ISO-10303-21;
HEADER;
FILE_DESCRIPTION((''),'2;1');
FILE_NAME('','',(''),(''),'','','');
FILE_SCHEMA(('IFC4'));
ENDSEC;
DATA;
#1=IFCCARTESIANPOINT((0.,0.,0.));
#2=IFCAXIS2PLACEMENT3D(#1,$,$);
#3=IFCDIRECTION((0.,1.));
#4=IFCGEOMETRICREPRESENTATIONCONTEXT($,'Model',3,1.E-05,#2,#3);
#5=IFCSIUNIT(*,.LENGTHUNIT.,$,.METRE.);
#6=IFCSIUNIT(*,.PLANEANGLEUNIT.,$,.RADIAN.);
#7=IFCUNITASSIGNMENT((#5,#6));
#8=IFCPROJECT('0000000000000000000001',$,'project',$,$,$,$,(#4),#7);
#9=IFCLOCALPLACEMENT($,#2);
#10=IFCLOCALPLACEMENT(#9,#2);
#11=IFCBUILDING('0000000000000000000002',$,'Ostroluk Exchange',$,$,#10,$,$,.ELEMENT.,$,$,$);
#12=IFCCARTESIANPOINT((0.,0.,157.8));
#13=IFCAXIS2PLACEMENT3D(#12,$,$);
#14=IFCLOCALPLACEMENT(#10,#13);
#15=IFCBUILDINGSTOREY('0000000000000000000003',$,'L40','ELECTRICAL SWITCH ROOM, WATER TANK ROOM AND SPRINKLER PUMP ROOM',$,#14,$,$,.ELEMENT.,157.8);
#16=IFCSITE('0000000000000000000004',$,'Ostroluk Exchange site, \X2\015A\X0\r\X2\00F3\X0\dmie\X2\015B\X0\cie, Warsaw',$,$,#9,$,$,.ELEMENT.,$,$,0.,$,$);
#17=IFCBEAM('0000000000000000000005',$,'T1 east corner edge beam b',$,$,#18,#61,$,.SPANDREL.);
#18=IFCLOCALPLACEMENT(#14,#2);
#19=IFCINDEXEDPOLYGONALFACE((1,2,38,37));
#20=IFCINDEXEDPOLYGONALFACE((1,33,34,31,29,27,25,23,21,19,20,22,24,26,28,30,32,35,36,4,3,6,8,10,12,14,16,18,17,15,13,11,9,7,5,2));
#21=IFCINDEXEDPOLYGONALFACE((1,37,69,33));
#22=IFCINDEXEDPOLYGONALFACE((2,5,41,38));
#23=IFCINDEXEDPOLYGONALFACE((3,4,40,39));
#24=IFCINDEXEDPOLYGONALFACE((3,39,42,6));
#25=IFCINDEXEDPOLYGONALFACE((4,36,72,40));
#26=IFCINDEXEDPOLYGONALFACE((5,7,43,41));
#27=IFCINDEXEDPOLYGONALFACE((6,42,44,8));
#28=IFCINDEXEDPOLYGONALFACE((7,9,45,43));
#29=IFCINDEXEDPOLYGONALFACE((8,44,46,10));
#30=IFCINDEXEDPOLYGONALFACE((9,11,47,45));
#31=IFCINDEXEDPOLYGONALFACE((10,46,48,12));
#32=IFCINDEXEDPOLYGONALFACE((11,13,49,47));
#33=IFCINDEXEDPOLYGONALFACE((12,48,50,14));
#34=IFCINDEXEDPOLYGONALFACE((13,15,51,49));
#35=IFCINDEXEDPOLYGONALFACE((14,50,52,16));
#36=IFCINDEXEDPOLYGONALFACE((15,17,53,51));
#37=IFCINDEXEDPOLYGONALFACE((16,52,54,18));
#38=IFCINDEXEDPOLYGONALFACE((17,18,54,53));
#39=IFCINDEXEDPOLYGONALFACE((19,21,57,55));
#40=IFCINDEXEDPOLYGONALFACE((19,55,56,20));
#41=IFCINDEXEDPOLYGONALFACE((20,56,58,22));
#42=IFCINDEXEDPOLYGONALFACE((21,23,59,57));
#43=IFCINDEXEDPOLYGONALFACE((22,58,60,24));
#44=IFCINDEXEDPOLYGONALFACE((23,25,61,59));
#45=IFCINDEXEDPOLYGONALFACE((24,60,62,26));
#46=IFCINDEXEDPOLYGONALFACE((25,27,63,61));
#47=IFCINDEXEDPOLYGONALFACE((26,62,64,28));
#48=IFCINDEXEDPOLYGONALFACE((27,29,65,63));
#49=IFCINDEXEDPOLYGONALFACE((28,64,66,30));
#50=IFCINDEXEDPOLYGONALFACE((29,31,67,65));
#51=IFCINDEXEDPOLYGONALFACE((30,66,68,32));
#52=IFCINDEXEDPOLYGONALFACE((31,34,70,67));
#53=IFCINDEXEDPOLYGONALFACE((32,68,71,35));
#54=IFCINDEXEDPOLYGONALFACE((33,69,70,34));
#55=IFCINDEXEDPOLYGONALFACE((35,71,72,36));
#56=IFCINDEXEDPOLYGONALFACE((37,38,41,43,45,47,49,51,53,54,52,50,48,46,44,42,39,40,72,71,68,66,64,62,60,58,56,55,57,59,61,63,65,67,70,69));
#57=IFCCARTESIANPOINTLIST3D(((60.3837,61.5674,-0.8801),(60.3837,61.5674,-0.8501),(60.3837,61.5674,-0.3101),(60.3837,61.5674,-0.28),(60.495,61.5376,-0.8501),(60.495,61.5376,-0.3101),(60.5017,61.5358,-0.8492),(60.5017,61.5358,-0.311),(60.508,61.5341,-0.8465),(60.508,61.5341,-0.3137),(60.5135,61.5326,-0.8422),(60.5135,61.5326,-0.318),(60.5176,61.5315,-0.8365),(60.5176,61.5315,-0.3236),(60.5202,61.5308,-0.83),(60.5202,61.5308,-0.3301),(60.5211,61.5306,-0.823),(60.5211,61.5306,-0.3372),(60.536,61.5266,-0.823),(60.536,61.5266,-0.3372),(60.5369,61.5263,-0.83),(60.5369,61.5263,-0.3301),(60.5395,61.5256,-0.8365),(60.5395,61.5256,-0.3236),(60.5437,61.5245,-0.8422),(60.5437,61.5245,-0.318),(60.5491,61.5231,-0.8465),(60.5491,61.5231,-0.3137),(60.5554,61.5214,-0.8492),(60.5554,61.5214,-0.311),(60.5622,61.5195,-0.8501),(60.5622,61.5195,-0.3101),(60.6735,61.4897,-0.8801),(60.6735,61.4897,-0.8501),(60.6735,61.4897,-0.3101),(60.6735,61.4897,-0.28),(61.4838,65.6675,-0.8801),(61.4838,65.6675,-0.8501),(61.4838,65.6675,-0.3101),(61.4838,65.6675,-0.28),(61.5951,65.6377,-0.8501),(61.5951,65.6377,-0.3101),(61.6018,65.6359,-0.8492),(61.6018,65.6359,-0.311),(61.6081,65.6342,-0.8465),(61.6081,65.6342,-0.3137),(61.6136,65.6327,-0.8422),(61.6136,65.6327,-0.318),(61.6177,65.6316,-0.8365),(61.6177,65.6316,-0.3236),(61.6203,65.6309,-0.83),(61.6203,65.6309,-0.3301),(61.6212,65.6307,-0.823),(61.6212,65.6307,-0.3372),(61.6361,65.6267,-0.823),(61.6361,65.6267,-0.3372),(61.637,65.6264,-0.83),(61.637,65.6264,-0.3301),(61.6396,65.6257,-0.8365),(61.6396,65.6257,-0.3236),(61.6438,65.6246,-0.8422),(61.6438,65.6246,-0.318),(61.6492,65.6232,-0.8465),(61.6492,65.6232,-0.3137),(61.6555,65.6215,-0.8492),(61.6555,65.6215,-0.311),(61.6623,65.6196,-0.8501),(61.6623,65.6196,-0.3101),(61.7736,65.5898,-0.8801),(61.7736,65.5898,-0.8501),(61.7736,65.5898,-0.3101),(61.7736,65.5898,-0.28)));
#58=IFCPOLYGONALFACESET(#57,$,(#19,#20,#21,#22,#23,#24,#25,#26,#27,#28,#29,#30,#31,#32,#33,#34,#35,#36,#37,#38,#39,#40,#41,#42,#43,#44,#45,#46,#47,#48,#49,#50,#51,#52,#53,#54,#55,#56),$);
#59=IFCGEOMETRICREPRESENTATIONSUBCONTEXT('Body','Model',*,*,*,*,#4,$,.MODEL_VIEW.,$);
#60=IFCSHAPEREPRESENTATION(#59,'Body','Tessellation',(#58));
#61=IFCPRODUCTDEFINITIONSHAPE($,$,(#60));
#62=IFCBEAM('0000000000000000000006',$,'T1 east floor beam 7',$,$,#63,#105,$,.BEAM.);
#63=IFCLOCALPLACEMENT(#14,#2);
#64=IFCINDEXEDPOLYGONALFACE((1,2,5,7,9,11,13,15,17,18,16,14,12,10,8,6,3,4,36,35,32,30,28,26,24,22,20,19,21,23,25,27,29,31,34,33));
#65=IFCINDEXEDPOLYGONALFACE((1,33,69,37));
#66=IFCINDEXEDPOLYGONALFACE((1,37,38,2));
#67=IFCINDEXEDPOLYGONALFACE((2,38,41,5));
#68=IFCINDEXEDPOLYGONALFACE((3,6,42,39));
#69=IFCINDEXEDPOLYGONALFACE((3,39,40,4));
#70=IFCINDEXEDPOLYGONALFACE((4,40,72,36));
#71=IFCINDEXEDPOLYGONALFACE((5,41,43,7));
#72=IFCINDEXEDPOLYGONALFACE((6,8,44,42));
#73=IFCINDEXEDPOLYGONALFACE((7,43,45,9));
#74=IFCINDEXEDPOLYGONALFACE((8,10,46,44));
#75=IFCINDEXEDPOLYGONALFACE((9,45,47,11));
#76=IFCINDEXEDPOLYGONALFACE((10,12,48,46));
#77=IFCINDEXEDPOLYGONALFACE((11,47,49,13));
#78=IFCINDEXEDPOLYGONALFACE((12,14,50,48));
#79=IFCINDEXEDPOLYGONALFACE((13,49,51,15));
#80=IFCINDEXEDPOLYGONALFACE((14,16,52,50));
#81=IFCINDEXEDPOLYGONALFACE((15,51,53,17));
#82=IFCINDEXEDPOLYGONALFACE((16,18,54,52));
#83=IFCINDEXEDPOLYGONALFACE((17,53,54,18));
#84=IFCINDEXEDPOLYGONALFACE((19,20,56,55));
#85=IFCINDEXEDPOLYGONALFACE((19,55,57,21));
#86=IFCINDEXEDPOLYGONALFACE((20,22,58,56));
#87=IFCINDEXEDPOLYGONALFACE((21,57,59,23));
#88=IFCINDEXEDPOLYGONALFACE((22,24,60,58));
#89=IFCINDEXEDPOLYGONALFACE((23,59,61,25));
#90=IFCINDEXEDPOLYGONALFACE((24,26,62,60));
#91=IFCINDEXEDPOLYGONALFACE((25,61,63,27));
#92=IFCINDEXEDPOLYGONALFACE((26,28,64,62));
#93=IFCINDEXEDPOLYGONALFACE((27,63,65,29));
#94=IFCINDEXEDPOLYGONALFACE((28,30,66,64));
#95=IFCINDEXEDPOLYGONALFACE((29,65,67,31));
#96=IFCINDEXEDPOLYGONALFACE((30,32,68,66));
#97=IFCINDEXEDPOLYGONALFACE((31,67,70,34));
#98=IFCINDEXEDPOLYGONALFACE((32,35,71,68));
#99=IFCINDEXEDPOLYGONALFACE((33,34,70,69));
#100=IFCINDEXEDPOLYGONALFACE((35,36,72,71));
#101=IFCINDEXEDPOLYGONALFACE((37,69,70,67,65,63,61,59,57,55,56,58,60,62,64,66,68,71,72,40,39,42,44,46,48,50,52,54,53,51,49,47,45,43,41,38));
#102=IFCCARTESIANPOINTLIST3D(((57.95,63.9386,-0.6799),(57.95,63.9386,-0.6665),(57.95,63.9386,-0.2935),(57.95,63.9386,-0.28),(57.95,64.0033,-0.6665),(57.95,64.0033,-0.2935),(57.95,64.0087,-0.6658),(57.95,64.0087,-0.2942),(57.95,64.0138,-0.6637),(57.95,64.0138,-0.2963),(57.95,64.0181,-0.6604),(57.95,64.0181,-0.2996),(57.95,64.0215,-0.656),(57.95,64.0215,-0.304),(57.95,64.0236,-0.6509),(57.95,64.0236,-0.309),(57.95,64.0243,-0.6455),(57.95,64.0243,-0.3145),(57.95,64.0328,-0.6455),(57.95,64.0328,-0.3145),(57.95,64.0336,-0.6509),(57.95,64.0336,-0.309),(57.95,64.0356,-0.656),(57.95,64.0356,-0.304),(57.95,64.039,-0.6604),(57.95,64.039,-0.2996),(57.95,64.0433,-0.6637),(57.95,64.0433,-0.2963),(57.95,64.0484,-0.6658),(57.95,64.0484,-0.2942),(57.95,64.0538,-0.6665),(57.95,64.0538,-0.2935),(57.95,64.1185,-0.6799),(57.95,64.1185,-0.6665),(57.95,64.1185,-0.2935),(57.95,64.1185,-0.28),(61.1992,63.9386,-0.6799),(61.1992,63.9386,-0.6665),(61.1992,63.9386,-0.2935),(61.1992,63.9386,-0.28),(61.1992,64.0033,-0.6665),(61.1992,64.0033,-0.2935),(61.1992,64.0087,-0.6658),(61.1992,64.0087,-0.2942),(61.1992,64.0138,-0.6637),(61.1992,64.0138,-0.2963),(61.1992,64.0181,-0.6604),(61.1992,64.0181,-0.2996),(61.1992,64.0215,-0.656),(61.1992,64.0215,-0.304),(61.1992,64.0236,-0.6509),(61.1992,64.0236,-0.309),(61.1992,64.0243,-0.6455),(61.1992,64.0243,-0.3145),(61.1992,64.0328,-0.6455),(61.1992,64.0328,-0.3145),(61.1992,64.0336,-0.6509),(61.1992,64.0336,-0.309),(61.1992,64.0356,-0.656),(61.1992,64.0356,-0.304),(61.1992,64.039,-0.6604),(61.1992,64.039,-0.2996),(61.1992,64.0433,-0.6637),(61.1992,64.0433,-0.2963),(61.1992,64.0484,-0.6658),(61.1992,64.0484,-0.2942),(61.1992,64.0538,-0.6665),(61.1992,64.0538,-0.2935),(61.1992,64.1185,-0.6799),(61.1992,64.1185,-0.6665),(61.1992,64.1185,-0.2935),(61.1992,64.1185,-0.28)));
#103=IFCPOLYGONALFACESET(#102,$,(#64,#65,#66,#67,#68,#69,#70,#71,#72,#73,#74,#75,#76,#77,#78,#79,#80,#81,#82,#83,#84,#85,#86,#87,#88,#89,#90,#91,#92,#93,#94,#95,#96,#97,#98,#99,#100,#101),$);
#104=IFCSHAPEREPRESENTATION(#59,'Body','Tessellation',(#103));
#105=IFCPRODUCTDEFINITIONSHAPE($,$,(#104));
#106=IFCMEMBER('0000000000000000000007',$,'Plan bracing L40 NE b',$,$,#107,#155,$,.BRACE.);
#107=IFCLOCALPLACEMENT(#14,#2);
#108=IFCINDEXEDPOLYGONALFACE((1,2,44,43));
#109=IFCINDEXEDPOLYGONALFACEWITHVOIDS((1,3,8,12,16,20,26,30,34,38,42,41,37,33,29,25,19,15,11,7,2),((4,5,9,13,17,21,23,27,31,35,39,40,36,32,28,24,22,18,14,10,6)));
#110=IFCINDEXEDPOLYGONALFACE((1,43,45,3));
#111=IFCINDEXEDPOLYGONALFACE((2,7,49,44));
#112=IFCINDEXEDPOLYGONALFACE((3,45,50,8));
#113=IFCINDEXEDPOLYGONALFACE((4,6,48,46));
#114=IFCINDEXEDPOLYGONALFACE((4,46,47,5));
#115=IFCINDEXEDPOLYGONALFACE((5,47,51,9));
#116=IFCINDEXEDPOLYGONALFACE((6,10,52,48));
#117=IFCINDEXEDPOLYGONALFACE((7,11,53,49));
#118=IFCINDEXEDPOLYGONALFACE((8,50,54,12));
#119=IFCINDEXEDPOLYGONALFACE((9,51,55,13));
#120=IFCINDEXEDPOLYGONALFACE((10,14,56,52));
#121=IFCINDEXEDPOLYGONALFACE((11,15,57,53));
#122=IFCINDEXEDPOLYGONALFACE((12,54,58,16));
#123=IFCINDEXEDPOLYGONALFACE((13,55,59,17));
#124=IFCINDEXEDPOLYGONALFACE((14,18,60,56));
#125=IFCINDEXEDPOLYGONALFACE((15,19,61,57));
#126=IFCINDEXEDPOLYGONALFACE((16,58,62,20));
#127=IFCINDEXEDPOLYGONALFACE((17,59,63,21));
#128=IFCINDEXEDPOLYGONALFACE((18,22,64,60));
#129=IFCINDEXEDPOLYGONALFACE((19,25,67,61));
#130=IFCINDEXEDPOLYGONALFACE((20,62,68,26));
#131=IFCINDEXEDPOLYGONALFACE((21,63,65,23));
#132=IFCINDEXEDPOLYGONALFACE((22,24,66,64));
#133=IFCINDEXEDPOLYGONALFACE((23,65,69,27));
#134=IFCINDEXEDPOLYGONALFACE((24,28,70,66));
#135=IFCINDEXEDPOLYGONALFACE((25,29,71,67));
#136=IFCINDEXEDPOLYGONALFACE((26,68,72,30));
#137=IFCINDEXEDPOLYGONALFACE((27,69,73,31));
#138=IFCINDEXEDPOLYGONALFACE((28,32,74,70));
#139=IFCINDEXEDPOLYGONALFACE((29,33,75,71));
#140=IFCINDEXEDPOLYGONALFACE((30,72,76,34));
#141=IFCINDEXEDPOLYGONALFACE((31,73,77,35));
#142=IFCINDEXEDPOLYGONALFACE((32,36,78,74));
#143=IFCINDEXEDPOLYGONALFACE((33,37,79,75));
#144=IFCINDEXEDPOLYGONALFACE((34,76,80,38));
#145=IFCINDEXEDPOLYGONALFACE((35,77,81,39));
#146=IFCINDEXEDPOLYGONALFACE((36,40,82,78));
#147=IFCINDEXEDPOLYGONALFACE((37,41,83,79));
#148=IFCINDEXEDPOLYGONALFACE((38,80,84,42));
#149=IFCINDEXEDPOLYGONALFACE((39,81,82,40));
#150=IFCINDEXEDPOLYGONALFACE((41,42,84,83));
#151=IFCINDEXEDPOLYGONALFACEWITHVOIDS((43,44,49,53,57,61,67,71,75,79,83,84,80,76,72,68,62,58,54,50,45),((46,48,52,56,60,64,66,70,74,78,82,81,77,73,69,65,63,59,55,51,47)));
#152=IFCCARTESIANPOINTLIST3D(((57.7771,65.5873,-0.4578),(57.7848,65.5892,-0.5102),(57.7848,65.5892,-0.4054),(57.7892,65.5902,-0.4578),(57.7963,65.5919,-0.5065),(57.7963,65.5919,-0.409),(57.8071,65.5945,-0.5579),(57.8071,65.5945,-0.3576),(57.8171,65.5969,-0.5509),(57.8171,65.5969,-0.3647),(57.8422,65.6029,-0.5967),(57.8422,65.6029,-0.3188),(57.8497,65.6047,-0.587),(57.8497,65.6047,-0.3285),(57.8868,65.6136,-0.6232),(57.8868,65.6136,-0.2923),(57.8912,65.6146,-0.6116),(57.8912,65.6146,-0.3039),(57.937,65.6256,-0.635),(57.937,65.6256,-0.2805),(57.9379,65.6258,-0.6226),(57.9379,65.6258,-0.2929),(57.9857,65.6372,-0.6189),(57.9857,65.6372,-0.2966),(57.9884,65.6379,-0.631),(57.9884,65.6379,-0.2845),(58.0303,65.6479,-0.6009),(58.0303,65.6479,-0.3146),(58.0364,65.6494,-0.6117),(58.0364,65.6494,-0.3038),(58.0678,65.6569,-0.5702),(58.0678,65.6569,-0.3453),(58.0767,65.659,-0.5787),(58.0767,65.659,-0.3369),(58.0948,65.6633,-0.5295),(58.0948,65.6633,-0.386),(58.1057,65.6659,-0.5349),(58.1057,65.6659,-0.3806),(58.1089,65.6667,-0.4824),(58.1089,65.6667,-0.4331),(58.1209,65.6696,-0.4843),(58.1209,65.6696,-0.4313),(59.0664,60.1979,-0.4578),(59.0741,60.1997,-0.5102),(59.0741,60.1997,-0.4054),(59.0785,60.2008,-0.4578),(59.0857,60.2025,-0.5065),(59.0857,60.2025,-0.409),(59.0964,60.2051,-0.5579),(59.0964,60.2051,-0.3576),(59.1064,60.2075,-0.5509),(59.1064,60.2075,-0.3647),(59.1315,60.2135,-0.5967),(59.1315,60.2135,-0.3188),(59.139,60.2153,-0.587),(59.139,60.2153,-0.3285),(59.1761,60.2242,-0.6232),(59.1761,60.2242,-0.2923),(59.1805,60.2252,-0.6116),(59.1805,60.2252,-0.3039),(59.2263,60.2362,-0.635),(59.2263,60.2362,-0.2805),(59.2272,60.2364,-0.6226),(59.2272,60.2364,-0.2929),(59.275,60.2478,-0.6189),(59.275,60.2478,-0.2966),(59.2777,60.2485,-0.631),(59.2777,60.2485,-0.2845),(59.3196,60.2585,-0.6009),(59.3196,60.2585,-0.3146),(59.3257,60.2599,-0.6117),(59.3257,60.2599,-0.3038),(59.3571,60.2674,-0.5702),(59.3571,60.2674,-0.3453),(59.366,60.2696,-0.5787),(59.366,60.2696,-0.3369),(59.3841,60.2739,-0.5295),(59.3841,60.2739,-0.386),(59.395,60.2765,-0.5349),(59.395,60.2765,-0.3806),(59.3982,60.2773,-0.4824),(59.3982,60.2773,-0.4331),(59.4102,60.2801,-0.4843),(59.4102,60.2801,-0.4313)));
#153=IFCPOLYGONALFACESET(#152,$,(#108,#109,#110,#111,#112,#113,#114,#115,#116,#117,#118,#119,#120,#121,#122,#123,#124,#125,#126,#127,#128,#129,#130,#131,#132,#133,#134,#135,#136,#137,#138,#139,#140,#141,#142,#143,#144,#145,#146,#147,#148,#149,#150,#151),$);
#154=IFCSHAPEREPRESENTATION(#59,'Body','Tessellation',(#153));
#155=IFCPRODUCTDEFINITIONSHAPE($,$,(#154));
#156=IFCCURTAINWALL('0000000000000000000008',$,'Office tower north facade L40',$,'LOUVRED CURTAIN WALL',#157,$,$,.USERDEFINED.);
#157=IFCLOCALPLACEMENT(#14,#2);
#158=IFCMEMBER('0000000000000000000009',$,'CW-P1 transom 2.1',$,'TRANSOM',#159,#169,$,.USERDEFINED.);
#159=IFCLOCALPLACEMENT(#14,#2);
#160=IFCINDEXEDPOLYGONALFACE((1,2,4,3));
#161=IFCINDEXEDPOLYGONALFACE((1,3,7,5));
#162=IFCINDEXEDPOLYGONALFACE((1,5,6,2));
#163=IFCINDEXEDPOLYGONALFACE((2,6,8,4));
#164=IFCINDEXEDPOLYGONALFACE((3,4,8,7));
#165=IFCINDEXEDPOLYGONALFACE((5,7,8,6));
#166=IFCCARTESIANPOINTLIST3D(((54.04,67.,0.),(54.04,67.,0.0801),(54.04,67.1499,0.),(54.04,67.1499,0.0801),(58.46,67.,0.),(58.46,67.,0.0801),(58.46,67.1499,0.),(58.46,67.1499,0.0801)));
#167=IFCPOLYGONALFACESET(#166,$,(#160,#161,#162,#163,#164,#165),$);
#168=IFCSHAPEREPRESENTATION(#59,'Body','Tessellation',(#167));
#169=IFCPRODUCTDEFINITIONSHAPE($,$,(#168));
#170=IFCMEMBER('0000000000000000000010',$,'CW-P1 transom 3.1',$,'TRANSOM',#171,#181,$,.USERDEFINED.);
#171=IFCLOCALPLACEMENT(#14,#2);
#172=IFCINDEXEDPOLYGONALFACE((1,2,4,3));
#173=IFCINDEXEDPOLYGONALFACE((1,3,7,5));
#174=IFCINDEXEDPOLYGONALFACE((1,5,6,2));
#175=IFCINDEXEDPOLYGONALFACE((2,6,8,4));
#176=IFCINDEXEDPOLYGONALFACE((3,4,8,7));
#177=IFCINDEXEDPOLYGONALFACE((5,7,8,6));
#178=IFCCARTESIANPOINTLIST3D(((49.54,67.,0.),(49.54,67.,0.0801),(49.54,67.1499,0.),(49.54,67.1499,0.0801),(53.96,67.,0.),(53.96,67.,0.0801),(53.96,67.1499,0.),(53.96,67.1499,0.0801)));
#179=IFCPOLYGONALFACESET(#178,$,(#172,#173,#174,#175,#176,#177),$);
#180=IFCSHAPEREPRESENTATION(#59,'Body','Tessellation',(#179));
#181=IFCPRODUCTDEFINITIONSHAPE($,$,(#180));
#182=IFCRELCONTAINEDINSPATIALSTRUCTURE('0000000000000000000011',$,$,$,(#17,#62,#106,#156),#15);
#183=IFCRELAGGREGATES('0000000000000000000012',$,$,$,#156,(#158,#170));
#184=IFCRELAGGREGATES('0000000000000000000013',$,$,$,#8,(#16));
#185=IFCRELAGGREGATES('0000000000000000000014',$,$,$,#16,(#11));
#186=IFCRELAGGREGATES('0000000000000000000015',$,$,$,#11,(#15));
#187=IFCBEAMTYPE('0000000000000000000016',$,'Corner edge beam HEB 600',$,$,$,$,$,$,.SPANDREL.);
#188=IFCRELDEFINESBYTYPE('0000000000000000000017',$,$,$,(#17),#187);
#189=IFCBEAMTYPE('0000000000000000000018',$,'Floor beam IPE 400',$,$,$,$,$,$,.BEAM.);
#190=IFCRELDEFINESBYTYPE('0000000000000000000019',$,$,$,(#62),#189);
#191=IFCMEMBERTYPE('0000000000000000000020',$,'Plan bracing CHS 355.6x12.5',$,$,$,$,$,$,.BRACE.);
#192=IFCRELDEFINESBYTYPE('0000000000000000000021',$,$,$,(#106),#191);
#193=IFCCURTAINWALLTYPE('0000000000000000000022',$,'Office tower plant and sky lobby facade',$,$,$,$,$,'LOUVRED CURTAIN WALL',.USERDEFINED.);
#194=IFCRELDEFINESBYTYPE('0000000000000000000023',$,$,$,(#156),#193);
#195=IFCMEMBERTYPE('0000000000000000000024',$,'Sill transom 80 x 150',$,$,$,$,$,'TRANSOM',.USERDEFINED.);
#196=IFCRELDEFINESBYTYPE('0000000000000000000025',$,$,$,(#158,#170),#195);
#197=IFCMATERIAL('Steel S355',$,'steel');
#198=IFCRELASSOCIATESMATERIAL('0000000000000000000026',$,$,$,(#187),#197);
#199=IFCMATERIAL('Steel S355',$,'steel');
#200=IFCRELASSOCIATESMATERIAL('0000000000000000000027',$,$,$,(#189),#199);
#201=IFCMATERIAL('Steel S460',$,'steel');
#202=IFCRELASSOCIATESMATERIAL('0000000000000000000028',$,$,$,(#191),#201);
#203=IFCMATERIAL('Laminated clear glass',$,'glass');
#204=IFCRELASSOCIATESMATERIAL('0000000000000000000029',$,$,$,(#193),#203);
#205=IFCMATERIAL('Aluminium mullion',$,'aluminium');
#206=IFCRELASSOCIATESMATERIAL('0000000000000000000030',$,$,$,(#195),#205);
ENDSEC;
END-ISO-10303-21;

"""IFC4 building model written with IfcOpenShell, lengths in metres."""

from ifc_helpers import new_model, si_unit, direction, frame, origin, origin_2d, place, context, subcontext, project, spatial, rectangle, hollow_circle, i_section, extrude, material, material_profile, profile_set, type_object, element, aggregate, save


model = new_model("IFC4")

# Units and contexts
model_context = context("Model", 3, precision=1e-05, world=origin(), true_north=direction((0.0, 1.0)))
body_context = subcontext(model_context, "Body", "Model", "MODEL_VIEW")
ifc_project = project(units=[si_unit("LENGTHUNIT", "METRE"), si_unit("PLANEANGLEUNIT", "RADIAN")], contexts=[model_context])

# Site, building, storey
site_placement = place(None, origin())
site = spatial("IfcSite", under=ifc_project, at=site_placement, Name="Ostroluk Exchange site, Śródmieście, Warsaw", CompositionType="ELEMENT", RefElevation=0.0)
building_placement = place(site_placement, origin())
building = spatial("IfcBuilding", under=site, at=building_placement, Name="Ostroluk Exchange", CompositionType="ELEMENT")
storey_placement = place(building_placement, frame((0.0, 0.0, 157.8)))
storey = spatial("IfcBuildingStorey", under=building, at=storey_placement, Name="L40", Description="ELECTRICAL SWITCH ROOM, WATER TANK ROOM AND SPRINKLER PUMP ROOM", CompositionType="ELEMENT", Elevation=157.8)

# Beams
ifc_material_1 = material(Name="Steel S355", Category="steel")
ifc_material_profile_1 = material_profile(ifc_material_1, i_section(OverallWidth=0.3, OverallDepth=0.6001, WebThickness=0.0154, FlangeThickness=0.03, FilletRadius=0.0271, at=origin_2d()), Name="HEB 600")
ifc_profile_set_1 = profile_set([ifc_material_profile_1], Name="Steel S355")
beam_type_1 = type_object("IfcBeamType", Name="Corner edge beam HEB 600", PredefinedType="SPANDREL", material=ifc_profile_set_1)
for number, where, z_axis, x_axis, name in (
    (1, (60.5286, 61.5286, -0.5801), (0.259144, 0.965839, 0.0), (-0.965839, 0.259144, 0.0), "T1 east corner edge beam b"),
):
    element("IfcBeam", number, at=place(storey_placement, frame(where, z_axis=z_axis, x_axis=x_axis)), inside=storey, type_object=beam_type_1, Name=name, PredefinedType="SPANDREL", context=body_context, shape_type="SweptSolid", body=[
        extrude(i_section(OverallWidth=0.3, OverallDepth=0.6001, WebThickness=0.0154, FlangeThickness=0.03, FilletRadius=0.0271, at=origin_2d()), origin(), (0.0, 0.0, 1.0), 4.2451),
    ])
ifc_material_2 = material(Name="Steel S355", Category="steel")
ifc_material_profile_2 = material_profile(ifc_material_2, i_section(OverallWidth=0.1799, OverallDepth=0.3999, WebThickness=0.0085, FlangeThickness=0.0134, FilletRadius=0.021, at=origin_2d()), Name="IPE 400")
ifc_profile_set_2 = profile_set([ifc_material_profile_2], Name="Steel S355")
beam_type_2 = type_object("IfcBeamType", Name="Floor beam IPE 400", PredefinedType="BEAM", material=ifc_profile_set_2)
beam_placement = place(storey_placement, frame((57.95, 64.0286, -0.48), z_axis=(1.0, 0.0, 0.0), x_axis=(0.0, 1.0, 0.0)))
element("IfcBeam", 2, at=beam_placement, inside=storey, type_object=beam_type_2, Name="T1 east floor beam 7", PredefinedType="BEAM", context=body_context, shape_type="SweptSolid", body=[
    extrude(i_section(OverallWidth=0.1799, OverallDepth=0.3999, WebThickness=0.0085, FlangeThickness=0.0134, FilletRadius=0.021, at=origin_2d()), origin(), (0.0, 0.0, 1.0), 3.2493),
])

# Member
ifc_material_3 = material(Name="Steel S460", Category="steel")
ifc_material_profile_3 = material_profile(ifc_material_3, hollow_circle(Radius=0.1777, WallThickness=0.0125, at=origin_2d()), Name="CHS 355.6x12.5")
ifc_profile_set_3 = profile_set([ifc_material_profile_3], Name="Steel S460")
member_type_1 = type_object("IfcMemberType", Name="Plan bracing CHS 355.6x12.5", PredefinedType="BRACE", material=ifc_profile_set_3)
member_1_placement = place(storey_placement, frame((59.2393, 60.2393, -0.4578), z_axis=(-0.232665, 0.972557, 0.0), x_axis=(-0.972557, -0.232665, 0.0)))
element("IfcMember", 3, at=member_1_placement, inside=storey, type_object=member_type_1, Name="Plan bracing L40 NE b", PredefinedType="BRACE", context=body_context, shape_type="SweptSolid", body=[
    extrude(hollow_circle(Radius=0.1777, WallThickness=0.0125, at=origin_2d()), origin(), (0.0, 0.0, 1.0), 5.5415),
])

# Curtain wall, members
ifc_material_4 = material(Name="Laminated clear glass", Category="glass")
curtain_wall_type = type_object("IfcCurtainWallType", Name="Office tower plant and sky lobby facade", ElementType="LOUVRED CURTAIN WALL", PredefinedType="USERDEFINED", material=ifc_material_4)
curtain_wall_placement = place(storey_placement, origin())
curtain_wall = element("IfcCurtainWall", 4, at=curtain_wall_placement, inside=storey, type_object=curtain_wall_type, Name="Office tower north facade L40", ObjectType="LOUVRED CURTAIN WALL", PredefinedType="USERDEFINED")
ifc_material_5 = material(Name="Aluminium mullion", Category="aluminium")
ifc_material_profile_4 = material_profile(ifc_material_5, rectangle(XDim=0.1499, YDim=0.0801, at=origin_2d()), Name="Sill transom 80 x 150")
ifc_profile_set_4 = profile_set([ifc_material_profile_4], Name="Aluminium mullion")
member_type_2 = type_object("IfcMemberType", Name="Sill transom 80 x 150", ElementType="TRANSOM", PredefinedType="USERDEFINED", material=ifc_profile_set_4)
member_2_placement = place(storey_placement, frame((58.46, 67.075, 0.04), z_axis=(-1.0, 0.0, 0.0), x_axis=(0.0, -1.0, 0.0)))
member_2 = element("IfcMember", 5, at=member_2_placement, type_object=member_type_2, Name="CW-P1 transom 2.1", ObjectType="TRANSOM", PredefinedType="USERDEFINED", context=body_context, shape_type="SweptSolid", body=[
    extrude(rectangle(XDim=0.1499, YDim=0.0801, at=origin_2d()), origin(), (0.0, 0.0, 1.0), 4.4199),
])
member_3_placement = place(storey_placement, frame((53.96, 67.075, 0.04), z_axis=(-1.0, 0.0, 0.0), x_axis=(0.0, -1.0, 0.0)))
member_3 = element("IfcMember", 6, at=member_3_placement, type_object=member_type_2, Name="CW-P1 transom 3.1", ObjectType="TRANSOM", PredefinedType="USERDEFINED", context=body_context, shape_type="SweptSolid", body=[
    extrude(rectangle(XDim=0.1499, YDim=0.0801, at=origin_2d()), origin(), (0.0, 0.0, 1.0), 4.4199),
])
aggregate(curtain_wall, [member_2, member_3])

save(model, "model.ifc")
